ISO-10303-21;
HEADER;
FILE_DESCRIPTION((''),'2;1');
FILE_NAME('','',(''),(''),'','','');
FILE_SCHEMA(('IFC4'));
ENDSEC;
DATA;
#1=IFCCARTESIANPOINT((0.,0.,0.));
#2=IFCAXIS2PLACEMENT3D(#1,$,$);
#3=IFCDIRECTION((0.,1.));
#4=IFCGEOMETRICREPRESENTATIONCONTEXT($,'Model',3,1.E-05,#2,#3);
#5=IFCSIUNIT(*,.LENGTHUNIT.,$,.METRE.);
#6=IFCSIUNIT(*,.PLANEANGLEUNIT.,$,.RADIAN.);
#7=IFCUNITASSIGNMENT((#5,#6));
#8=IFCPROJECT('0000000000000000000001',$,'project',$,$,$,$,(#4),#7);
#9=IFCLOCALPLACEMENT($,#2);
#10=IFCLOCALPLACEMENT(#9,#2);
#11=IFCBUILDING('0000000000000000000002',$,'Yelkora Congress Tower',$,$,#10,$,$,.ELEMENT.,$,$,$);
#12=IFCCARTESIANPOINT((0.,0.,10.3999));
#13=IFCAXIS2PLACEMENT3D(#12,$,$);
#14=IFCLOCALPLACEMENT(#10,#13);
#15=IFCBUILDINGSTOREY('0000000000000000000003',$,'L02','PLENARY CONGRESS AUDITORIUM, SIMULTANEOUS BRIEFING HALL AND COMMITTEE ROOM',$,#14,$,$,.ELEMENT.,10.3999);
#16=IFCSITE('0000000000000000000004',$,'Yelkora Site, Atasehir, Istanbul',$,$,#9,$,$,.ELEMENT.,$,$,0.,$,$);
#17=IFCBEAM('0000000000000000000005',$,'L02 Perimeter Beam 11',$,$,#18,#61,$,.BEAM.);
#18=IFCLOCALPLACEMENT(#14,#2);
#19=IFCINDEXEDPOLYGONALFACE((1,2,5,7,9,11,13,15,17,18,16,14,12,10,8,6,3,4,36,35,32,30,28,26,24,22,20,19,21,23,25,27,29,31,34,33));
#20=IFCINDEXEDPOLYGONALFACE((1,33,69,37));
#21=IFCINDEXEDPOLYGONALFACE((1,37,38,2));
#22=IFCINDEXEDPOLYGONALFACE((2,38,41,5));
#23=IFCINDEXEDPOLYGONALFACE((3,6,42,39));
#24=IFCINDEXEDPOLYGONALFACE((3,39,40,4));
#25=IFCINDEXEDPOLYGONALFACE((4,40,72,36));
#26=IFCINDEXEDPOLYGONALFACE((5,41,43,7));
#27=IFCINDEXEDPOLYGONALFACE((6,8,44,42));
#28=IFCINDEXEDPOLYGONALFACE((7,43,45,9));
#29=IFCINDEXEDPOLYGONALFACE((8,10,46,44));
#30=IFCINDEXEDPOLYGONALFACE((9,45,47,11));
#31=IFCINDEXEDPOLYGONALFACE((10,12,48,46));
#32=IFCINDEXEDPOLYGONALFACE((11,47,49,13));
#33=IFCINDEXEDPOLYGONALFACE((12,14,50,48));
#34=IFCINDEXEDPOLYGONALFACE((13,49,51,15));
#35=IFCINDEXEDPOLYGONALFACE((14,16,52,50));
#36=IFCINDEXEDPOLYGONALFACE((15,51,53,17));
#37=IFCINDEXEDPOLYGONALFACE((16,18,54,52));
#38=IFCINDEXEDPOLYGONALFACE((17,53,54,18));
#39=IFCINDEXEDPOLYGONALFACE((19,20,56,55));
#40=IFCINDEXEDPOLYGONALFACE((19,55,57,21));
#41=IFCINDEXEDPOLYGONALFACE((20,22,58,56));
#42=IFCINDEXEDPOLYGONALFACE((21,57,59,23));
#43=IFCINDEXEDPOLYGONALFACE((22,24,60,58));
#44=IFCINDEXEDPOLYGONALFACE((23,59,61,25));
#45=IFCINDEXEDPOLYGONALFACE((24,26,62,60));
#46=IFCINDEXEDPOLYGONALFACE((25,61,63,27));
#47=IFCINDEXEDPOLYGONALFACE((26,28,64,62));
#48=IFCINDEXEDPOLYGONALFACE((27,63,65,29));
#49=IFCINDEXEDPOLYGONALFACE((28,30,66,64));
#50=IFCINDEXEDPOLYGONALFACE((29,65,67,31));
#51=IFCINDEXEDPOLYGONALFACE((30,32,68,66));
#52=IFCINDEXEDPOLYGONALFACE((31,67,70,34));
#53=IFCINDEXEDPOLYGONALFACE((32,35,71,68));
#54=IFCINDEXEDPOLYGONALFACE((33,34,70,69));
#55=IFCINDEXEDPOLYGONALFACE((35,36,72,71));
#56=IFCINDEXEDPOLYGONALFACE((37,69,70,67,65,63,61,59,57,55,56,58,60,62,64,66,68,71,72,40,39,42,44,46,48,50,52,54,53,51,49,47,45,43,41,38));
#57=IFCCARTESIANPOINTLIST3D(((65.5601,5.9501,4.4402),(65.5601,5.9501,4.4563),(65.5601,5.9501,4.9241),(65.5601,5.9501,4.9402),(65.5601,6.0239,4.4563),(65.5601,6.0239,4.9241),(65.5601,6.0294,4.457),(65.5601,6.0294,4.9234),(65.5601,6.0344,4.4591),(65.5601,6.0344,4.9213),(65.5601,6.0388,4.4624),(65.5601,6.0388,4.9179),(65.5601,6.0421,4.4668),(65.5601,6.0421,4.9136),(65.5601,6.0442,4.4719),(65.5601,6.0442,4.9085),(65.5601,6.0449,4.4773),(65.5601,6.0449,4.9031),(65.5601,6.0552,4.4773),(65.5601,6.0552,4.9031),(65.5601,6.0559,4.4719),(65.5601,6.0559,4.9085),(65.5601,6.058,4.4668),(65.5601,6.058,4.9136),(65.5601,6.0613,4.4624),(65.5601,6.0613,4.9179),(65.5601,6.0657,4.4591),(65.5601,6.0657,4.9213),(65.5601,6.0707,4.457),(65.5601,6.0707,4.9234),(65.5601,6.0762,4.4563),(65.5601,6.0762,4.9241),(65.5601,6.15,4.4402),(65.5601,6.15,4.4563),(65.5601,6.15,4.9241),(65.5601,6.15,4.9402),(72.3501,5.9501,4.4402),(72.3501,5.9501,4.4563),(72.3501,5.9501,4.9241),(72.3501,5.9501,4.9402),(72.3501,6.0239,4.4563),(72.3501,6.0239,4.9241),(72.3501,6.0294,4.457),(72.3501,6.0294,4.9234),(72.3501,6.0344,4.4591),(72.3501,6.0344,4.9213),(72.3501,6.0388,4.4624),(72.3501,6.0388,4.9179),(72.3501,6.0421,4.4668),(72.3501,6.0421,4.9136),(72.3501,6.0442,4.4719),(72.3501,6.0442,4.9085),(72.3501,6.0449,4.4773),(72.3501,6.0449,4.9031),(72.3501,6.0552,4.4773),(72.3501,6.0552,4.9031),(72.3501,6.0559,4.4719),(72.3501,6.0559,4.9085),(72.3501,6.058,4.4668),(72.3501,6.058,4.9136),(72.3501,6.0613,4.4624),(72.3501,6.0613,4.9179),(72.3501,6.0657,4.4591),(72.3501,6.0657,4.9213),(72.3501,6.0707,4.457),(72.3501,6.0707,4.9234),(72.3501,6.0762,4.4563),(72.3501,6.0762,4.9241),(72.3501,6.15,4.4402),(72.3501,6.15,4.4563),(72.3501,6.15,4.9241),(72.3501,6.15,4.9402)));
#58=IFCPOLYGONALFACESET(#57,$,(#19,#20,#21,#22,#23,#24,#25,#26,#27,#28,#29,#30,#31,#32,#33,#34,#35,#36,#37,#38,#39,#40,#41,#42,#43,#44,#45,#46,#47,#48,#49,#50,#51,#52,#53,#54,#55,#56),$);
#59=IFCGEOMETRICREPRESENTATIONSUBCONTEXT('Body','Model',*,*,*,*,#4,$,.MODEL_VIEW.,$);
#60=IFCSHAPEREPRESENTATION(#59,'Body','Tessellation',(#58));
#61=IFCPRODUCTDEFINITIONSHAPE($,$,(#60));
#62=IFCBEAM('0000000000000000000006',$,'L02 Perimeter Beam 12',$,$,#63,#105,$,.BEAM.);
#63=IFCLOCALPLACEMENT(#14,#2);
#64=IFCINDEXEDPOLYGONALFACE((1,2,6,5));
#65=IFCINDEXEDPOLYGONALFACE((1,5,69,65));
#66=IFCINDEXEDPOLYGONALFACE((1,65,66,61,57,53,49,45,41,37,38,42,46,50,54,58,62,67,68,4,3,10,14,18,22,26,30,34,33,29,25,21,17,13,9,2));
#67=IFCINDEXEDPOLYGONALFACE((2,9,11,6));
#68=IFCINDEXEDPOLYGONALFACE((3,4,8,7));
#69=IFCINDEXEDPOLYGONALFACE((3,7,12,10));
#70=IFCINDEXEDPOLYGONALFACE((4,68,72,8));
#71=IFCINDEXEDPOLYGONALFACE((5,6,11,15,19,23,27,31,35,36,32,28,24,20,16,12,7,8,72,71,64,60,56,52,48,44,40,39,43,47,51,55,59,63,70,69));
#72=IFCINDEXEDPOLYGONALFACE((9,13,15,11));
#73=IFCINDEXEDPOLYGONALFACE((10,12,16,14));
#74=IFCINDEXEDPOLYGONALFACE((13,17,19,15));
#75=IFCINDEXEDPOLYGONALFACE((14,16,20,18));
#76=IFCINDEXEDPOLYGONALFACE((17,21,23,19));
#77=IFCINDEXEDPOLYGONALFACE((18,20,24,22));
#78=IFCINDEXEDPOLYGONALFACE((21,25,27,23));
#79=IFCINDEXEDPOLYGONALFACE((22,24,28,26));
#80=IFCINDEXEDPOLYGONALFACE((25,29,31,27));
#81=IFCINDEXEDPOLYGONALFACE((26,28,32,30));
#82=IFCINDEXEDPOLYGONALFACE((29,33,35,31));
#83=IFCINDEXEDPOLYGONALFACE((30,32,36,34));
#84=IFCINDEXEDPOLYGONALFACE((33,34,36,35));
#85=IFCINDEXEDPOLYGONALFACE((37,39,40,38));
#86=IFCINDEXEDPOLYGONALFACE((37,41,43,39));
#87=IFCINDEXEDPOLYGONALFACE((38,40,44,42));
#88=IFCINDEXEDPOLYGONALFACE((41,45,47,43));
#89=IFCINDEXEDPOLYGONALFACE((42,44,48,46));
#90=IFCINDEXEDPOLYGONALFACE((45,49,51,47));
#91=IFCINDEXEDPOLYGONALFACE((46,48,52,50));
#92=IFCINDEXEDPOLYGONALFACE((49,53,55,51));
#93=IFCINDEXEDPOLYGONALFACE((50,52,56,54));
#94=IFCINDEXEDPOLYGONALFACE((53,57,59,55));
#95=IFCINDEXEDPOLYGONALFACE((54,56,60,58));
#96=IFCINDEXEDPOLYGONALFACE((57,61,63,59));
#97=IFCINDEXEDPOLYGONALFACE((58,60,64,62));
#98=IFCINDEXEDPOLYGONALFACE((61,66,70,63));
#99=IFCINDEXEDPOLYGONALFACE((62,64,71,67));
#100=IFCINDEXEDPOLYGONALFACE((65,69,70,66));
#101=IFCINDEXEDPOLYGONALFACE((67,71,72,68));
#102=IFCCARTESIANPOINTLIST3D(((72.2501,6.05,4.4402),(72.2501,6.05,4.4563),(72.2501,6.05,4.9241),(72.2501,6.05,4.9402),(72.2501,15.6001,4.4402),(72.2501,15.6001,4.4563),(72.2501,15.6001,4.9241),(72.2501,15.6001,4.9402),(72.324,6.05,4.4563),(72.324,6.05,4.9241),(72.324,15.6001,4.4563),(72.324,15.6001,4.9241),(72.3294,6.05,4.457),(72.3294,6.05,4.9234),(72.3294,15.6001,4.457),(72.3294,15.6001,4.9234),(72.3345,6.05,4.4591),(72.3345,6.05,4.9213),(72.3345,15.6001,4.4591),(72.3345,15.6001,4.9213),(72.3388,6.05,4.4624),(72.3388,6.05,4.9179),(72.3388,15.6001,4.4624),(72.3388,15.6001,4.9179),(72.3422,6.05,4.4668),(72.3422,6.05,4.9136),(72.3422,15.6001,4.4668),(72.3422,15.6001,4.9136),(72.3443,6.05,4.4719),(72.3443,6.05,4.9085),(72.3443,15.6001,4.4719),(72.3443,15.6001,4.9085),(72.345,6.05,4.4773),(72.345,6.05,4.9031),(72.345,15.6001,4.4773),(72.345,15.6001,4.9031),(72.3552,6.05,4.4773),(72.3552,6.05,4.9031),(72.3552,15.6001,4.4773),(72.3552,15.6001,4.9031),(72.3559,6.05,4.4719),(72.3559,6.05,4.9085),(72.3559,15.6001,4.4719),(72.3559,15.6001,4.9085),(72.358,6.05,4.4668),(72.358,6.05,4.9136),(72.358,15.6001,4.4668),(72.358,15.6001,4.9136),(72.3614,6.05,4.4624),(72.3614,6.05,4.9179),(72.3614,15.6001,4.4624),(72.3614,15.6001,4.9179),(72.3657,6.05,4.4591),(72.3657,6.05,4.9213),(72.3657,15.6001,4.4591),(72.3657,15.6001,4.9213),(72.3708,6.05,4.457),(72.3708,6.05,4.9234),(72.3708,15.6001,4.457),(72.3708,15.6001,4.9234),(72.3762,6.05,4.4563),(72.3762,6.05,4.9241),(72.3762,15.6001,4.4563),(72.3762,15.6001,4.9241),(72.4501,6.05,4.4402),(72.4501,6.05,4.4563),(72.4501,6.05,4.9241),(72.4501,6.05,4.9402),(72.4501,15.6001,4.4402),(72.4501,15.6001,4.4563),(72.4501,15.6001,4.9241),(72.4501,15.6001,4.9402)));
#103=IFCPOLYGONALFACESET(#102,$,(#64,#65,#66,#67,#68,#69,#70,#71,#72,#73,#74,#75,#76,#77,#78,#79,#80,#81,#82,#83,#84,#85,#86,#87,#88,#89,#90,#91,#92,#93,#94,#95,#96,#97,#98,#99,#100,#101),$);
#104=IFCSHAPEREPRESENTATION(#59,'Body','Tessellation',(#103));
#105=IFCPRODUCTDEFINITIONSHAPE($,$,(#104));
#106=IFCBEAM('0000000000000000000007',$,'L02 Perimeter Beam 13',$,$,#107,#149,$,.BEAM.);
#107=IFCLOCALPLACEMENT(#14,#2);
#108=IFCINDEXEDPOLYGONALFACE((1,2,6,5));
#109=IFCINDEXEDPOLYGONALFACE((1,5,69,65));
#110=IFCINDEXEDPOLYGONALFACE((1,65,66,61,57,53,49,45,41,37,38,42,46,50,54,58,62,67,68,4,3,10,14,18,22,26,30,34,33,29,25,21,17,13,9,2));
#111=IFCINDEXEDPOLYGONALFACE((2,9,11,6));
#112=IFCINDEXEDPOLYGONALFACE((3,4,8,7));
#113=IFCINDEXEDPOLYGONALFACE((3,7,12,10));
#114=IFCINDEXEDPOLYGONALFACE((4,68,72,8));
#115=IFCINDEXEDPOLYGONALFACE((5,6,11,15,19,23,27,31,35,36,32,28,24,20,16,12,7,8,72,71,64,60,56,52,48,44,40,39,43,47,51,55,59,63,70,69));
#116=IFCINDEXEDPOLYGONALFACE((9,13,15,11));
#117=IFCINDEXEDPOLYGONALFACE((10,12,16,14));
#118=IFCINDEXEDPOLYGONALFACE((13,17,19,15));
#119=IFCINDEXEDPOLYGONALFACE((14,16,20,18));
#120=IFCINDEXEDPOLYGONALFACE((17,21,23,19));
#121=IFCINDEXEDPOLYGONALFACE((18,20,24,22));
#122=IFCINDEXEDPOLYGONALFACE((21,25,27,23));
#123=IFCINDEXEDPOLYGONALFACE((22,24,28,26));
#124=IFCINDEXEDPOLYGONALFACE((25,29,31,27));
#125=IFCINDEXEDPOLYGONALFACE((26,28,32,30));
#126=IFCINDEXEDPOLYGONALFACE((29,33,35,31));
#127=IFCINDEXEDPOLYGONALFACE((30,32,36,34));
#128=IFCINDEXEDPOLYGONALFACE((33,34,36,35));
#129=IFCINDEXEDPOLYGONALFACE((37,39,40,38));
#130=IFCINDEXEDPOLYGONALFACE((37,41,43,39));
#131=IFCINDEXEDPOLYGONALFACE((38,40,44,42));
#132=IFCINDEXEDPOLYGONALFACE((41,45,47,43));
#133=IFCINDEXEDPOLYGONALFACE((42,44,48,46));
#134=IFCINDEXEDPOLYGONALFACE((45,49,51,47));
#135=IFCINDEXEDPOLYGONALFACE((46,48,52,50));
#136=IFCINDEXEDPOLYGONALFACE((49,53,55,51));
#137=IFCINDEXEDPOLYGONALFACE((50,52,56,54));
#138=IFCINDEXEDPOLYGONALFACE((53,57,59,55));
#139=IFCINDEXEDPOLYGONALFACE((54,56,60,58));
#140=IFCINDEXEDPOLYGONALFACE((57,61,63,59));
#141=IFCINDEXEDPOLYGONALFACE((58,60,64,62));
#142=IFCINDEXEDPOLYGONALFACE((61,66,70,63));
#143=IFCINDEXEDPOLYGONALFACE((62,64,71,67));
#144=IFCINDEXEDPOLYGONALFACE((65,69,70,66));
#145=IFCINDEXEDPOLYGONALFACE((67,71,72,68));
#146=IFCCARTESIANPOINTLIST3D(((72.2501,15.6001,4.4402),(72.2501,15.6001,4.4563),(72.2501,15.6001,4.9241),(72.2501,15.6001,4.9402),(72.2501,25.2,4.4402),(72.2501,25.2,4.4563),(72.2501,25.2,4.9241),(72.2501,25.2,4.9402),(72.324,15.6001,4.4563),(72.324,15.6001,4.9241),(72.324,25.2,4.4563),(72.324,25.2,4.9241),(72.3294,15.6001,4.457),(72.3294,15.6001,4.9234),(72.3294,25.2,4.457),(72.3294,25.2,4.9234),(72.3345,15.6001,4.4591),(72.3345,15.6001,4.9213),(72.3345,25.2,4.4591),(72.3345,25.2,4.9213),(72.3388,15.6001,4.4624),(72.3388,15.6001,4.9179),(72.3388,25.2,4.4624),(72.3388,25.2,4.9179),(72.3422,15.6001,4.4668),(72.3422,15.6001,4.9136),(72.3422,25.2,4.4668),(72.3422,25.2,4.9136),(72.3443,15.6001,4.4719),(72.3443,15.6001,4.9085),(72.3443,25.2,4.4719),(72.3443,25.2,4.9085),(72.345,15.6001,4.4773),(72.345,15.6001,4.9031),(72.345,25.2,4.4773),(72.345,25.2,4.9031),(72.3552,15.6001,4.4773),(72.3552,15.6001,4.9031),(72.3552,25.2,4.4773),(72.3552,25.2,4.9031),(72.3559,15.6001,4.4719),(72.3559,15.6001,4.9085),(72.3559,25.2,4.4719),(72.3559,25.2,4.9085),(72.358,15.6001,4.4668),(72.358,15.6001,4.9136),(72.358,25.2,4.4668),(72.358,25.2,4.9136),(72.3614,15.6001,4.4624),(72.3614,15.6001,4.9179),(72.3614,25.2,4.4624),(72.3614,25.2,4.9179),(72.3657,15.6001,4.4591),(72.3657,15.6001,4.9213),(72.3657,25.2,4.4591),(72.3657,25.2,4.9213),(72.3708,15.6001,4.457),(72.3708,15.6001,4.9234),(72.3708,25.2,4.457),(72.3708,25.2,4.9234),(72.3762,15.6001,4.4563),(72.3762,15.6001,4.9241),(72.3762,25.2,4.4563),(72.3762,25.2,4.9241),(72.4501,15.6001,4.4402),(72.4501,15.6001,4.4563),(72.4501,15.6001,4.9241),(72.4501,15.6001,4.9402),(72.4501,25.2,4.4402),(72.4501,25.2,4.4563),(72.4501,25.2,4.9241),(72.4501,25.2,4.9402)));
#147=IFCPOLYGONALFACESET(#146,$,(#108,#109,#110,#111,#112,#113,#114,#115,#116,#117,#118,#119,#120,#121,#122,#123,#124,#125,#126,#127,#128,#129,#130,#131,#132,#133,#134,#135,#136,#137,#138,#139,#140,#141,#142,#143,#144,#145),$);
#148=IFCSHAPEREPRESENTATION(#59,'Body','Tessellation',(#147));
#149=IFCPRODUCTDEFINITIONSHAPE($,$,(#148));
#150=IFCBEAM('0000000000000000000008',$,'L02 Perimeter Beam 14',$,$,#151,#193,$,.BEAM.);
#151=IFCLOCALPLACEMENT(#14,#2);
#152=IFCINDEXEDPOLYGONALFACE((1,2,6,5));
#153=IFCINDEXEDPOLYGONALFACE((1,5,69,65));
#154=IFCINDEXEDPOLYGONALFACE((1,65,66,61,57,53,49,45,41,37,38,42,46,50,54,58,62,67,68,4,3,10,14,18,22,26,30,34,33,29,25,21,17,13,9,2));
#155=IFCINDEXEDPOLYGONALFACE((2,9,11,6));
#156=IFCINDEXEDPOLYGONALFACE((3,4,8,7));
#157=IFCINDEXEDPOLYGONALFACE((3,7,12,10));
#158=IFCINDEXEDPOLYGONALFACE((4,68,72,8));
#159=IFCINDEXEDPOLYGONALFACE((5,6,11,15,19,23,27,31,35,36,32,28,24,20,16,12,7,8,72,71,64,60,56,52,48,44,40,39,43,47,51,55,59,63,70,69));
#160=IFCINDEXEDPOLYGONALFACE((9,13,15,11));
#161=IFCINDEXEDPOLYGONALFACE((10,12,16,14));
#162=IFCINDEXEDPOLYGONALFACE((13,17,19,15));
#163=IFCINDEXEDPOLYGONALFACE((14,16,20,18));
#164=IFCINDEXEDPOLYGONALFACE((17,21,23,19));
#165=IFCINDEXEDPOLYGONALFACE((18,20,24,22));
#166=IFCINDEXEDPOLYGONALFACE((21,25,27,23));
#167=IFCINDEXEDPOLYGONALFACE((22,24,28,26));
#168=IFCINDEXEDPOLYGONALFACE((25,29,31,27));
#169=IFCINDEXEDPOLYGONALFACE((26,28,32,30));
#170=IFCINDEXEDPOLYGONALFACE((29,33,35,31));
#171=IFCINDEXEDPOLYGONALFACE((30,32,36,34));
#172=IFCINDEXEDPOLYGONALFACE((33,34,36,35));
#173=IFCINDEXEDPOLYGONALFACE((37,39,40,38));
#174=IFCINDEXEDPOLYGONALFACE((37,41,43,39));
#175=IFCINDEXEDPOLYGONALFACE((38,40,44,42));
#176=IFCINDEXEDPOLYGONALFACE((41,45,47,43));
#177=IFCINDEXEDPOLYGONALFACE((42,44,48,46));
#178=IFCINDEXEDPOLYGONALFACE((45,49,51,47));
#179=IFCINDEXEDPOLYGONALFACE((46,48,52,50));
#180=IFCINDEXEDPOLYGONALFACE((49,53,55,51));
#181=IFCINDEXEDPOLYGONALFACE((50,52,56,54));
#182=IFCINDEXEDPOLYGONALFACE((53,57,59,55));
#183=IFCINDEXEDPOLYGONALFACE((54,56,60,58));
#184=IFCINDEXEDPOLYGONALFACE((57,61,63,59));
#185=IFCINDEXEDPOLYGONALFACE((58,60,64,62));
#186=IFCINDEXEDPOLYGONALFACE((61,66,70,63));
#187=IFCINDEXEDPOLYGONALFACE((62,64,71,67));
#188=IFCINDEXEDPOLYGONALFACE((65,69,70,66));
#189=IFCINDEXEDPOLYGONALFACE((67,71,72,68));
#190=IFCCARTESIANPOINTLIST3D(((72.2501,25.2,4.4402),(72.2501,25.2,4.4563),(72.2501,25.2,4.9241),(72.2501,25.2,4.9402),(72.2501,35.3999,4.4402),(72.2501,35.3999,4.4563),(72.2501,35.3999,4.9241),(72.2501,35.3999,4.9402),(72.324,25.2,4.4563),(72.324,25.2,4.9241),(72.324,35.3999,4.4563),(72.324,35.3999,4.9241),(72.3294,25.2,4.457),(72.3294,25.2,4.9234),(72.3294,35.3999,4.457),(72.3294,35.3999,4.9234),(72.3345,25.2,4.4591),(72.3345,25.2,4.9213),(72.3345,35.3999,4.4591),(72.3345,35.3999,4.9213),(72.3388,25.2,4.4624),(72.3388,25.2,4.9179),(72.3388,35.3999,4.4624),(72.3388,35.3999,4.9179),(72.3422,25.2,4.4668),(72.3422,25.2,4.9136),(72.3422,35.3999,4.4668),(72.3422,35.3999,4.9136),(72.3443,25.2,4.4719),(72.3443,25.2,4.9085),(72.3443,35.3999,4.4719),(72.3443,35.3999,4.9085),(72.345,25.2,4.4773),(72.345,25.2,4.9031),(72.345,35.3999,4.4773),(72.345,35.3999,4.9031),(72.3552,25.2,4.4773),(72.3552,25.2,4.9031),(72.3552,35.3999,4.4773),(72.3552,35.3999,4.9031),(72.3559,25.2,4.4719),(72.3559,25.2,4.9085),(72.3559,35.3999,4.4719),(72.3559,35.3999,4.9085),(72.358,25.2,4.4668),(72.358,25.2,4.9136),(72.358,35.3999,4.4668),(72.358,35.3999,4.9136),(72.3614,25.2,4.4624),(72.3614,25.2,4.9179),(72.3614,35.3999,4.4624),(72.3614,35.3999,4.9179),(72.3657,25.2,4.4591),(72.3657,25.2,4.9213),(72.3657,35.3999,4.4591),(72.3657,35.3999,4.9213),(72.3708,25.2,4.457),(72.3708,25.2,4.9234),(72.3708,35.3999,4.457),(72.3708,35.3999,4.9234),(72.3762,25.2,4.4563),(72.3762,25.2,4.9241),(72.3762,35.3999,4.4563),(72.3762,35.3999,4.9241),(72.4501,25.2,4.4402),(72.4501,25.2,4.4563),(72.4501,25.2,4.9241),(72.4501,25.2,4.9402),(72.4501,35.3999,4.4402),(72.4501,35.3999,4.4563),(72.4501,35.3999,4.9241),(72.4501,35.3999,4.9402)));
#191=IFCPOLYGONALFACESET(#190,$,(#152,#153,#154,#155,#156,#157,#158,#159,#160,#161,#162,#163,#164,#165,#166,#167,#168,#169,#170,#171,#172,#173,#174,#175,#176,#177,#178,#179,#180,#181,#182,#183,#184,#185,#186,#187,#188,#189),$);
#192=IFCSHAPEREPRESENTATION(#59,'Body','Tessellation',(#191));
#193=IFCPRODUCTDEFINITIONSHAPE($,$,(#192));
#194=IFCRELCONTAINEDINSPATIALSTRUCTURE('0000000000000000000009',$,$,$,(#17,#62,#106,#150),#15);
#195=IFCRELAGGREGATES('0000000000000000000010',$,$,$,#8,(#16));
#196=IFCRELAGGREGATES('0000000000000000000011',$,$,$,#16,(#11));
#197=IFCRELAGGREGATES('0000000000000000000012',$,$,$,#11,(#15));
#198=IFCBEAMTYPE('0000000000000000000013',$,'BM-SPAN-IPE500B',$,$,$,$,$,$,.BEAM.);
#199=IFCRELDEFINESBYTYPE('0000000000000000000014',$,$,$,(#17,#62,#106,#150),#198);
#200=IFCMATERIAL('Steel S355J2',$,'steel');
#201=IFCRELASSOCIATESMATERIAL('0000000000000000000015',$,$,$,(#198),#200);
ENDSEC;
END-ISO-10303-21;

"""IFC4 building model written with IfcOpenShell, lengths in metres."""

from ifc_helpers import new_model, si_unit, direction, frame, origin, origin_2d, place, context, subcontext, project, spatial, i_section, extrude, material, material_profile, profile_set, type_object, element, save


model = new_model("IFC4")

# Units and contexts
model_context = context("Model", 3, precision=1e-05, world=origin(), true_north=direction((0.0, 1.0)))
body_context = subcontext(model_context, "Body", "Model", "MODEL_VIEW")
ifc_project = project(units=[si_unit("LENGTHUNIT", "METRE"), si_unit("PLANEANGLEUNIT", "RADIAN")], contexts=[model_context])

# Site, building, storey
site_placement = place(None, origin())
site = spatial("IfcSite", under=ifc_project, at=site_placement, Name="Yelkora Site, Atasehir, Istanbul", CompositionType="ELEMENT", RefElevation=0.0)
building_placement = place(site_placement, origin())
building = spatial("IfcBuilding", under=site, at=building_placement, Name="Yelkora Congress Tower", CompositionType="ELEMENT")
storey_placement = place(building_placement, frame((0.0, 0.0, 10.3999)))
storey = spatial("IfcBuildingStorey", under=building, at=storey_placement, Name="L02", Description="PLENARY CONGRESS AUDITORIUM, SIMULTANEOUS BRIEFING HALL AND COMMITTEE ROOM", CompositionType="ELEMENT", Elevation=10.3999)

# Beams
ifc_material_1 = material(Name="Steel S355J2", Category="steel")
ifc_material_profile_1 = material_profile(ifc_material_1, i_section(OverallWidth=0.2, OverallDepth=0.5, WebThickness=0.0103, FlangeThickness=0.0161, FilletRadius=0.021, at=origin_2d()), Name="IPE 500")
ifc_profile_set_1 = profile_set([ifc_material_profile_1], Name="Steel S355J2")
beam_type_1 = type_object("IfcBeamType", Name="BM-SPAN-IPE500B", PredefinedType="BEAM", material=ifc_profile_set_1)
for number, where, z_axis, x_axis, name in (
    (1, (65.5601, 6.05, 4.6902), (1.0, 0.0, 0.0), (0.0, 1.0, 0.0), "L02 Perimeter Beam 11"),
):
    element("IfcBeam", number, at=place(storey_placement, frame(where, z_axis=z_axis, x_axis=x_axis)), inside=storey, type_object=beam_type_1, Name=name, PredefinedType="BEAM", context=body_context, shape_type="SweptSolid", body=[
        extrude(i_section(OverallWidth=0.2, OverallDepth=0.5, WebThickness=0.0103, FlangeThickness=0.0161, FilletRadius=0.021, at=origin_2d()), origin(), (0.0, 0.0, 1.0), 6.79),
    ])
beam_1_placement = place(storey_placement, frame((72.3501, 6.05, 4.6902), z_axis=(0.0, 1.0, 0.0), x_axis=(-1.0, 0.0, 0.0)))
element("IfcBeam", 2, at=beam_1_placement, inside=storey, type_object=beam_type_1, Name="L02 Perimeter Beam 12", PredefinedType="BEAM", context=body_context, shape_type="SweptSolid", body=[
    extrude(i_section(OverallWidth=0.2, OverallDepth=0.5, WebThickness=0.0103, FlangeThickness=0.0161, FilletRadius=0.021, at=origin_2d()), origin(), (0.0, 0.0, 1.0), 9.55),
])
beam_2_placement = place(storey_placement, frame((72.3501, 15.6001, 4.6902), z_axis=(0.0, 1.0, 0.0), x_axis=(-1.0, 0.0, 0.0)))
element("IfcBeam", 3, at=beam_2_placement, inside=storey, type_object=beam_type_1, Name="L02 Perimeter Beam 13", PredefinedType="BEAM", context=body_context, shape_type="SweptSolid", body=[
    extrude(i_section(OverallWidth=0.2, OverallDepth=0.5, WebThickness=0.0103, FlangeThickness=0.0161, FilletRadius=0.021, at=origin_2d()), origin(), (0.0, 0.0, 1.0), 9.5999),
])
beam_3_placement = place(storey_placement, frame((72.3501, 25.2, 4.6902), z_axis=(0.0, 1.0, 0.0), x_axis=(-1.0, 0.0, 0.0)))
element("IfcBeam", 4, at=beam_3_placement, inside=storey, type_object=beam_type_1, Name="L02 Perimeter Beam 14", PredefinedType="BEAM", context=body_context, shape_type="SweptSolid", body=[
    extrude(i_section(OverallWidth=0.2, OverallDepth=0.5, WebThickness=0.0103, FlangeThickness=0.0161, FilletRadius=0.021, at=origin_2d()), origin(), (0.0, 0.0, 1.0), 10.2),
])

save(model, "model.ifc")
